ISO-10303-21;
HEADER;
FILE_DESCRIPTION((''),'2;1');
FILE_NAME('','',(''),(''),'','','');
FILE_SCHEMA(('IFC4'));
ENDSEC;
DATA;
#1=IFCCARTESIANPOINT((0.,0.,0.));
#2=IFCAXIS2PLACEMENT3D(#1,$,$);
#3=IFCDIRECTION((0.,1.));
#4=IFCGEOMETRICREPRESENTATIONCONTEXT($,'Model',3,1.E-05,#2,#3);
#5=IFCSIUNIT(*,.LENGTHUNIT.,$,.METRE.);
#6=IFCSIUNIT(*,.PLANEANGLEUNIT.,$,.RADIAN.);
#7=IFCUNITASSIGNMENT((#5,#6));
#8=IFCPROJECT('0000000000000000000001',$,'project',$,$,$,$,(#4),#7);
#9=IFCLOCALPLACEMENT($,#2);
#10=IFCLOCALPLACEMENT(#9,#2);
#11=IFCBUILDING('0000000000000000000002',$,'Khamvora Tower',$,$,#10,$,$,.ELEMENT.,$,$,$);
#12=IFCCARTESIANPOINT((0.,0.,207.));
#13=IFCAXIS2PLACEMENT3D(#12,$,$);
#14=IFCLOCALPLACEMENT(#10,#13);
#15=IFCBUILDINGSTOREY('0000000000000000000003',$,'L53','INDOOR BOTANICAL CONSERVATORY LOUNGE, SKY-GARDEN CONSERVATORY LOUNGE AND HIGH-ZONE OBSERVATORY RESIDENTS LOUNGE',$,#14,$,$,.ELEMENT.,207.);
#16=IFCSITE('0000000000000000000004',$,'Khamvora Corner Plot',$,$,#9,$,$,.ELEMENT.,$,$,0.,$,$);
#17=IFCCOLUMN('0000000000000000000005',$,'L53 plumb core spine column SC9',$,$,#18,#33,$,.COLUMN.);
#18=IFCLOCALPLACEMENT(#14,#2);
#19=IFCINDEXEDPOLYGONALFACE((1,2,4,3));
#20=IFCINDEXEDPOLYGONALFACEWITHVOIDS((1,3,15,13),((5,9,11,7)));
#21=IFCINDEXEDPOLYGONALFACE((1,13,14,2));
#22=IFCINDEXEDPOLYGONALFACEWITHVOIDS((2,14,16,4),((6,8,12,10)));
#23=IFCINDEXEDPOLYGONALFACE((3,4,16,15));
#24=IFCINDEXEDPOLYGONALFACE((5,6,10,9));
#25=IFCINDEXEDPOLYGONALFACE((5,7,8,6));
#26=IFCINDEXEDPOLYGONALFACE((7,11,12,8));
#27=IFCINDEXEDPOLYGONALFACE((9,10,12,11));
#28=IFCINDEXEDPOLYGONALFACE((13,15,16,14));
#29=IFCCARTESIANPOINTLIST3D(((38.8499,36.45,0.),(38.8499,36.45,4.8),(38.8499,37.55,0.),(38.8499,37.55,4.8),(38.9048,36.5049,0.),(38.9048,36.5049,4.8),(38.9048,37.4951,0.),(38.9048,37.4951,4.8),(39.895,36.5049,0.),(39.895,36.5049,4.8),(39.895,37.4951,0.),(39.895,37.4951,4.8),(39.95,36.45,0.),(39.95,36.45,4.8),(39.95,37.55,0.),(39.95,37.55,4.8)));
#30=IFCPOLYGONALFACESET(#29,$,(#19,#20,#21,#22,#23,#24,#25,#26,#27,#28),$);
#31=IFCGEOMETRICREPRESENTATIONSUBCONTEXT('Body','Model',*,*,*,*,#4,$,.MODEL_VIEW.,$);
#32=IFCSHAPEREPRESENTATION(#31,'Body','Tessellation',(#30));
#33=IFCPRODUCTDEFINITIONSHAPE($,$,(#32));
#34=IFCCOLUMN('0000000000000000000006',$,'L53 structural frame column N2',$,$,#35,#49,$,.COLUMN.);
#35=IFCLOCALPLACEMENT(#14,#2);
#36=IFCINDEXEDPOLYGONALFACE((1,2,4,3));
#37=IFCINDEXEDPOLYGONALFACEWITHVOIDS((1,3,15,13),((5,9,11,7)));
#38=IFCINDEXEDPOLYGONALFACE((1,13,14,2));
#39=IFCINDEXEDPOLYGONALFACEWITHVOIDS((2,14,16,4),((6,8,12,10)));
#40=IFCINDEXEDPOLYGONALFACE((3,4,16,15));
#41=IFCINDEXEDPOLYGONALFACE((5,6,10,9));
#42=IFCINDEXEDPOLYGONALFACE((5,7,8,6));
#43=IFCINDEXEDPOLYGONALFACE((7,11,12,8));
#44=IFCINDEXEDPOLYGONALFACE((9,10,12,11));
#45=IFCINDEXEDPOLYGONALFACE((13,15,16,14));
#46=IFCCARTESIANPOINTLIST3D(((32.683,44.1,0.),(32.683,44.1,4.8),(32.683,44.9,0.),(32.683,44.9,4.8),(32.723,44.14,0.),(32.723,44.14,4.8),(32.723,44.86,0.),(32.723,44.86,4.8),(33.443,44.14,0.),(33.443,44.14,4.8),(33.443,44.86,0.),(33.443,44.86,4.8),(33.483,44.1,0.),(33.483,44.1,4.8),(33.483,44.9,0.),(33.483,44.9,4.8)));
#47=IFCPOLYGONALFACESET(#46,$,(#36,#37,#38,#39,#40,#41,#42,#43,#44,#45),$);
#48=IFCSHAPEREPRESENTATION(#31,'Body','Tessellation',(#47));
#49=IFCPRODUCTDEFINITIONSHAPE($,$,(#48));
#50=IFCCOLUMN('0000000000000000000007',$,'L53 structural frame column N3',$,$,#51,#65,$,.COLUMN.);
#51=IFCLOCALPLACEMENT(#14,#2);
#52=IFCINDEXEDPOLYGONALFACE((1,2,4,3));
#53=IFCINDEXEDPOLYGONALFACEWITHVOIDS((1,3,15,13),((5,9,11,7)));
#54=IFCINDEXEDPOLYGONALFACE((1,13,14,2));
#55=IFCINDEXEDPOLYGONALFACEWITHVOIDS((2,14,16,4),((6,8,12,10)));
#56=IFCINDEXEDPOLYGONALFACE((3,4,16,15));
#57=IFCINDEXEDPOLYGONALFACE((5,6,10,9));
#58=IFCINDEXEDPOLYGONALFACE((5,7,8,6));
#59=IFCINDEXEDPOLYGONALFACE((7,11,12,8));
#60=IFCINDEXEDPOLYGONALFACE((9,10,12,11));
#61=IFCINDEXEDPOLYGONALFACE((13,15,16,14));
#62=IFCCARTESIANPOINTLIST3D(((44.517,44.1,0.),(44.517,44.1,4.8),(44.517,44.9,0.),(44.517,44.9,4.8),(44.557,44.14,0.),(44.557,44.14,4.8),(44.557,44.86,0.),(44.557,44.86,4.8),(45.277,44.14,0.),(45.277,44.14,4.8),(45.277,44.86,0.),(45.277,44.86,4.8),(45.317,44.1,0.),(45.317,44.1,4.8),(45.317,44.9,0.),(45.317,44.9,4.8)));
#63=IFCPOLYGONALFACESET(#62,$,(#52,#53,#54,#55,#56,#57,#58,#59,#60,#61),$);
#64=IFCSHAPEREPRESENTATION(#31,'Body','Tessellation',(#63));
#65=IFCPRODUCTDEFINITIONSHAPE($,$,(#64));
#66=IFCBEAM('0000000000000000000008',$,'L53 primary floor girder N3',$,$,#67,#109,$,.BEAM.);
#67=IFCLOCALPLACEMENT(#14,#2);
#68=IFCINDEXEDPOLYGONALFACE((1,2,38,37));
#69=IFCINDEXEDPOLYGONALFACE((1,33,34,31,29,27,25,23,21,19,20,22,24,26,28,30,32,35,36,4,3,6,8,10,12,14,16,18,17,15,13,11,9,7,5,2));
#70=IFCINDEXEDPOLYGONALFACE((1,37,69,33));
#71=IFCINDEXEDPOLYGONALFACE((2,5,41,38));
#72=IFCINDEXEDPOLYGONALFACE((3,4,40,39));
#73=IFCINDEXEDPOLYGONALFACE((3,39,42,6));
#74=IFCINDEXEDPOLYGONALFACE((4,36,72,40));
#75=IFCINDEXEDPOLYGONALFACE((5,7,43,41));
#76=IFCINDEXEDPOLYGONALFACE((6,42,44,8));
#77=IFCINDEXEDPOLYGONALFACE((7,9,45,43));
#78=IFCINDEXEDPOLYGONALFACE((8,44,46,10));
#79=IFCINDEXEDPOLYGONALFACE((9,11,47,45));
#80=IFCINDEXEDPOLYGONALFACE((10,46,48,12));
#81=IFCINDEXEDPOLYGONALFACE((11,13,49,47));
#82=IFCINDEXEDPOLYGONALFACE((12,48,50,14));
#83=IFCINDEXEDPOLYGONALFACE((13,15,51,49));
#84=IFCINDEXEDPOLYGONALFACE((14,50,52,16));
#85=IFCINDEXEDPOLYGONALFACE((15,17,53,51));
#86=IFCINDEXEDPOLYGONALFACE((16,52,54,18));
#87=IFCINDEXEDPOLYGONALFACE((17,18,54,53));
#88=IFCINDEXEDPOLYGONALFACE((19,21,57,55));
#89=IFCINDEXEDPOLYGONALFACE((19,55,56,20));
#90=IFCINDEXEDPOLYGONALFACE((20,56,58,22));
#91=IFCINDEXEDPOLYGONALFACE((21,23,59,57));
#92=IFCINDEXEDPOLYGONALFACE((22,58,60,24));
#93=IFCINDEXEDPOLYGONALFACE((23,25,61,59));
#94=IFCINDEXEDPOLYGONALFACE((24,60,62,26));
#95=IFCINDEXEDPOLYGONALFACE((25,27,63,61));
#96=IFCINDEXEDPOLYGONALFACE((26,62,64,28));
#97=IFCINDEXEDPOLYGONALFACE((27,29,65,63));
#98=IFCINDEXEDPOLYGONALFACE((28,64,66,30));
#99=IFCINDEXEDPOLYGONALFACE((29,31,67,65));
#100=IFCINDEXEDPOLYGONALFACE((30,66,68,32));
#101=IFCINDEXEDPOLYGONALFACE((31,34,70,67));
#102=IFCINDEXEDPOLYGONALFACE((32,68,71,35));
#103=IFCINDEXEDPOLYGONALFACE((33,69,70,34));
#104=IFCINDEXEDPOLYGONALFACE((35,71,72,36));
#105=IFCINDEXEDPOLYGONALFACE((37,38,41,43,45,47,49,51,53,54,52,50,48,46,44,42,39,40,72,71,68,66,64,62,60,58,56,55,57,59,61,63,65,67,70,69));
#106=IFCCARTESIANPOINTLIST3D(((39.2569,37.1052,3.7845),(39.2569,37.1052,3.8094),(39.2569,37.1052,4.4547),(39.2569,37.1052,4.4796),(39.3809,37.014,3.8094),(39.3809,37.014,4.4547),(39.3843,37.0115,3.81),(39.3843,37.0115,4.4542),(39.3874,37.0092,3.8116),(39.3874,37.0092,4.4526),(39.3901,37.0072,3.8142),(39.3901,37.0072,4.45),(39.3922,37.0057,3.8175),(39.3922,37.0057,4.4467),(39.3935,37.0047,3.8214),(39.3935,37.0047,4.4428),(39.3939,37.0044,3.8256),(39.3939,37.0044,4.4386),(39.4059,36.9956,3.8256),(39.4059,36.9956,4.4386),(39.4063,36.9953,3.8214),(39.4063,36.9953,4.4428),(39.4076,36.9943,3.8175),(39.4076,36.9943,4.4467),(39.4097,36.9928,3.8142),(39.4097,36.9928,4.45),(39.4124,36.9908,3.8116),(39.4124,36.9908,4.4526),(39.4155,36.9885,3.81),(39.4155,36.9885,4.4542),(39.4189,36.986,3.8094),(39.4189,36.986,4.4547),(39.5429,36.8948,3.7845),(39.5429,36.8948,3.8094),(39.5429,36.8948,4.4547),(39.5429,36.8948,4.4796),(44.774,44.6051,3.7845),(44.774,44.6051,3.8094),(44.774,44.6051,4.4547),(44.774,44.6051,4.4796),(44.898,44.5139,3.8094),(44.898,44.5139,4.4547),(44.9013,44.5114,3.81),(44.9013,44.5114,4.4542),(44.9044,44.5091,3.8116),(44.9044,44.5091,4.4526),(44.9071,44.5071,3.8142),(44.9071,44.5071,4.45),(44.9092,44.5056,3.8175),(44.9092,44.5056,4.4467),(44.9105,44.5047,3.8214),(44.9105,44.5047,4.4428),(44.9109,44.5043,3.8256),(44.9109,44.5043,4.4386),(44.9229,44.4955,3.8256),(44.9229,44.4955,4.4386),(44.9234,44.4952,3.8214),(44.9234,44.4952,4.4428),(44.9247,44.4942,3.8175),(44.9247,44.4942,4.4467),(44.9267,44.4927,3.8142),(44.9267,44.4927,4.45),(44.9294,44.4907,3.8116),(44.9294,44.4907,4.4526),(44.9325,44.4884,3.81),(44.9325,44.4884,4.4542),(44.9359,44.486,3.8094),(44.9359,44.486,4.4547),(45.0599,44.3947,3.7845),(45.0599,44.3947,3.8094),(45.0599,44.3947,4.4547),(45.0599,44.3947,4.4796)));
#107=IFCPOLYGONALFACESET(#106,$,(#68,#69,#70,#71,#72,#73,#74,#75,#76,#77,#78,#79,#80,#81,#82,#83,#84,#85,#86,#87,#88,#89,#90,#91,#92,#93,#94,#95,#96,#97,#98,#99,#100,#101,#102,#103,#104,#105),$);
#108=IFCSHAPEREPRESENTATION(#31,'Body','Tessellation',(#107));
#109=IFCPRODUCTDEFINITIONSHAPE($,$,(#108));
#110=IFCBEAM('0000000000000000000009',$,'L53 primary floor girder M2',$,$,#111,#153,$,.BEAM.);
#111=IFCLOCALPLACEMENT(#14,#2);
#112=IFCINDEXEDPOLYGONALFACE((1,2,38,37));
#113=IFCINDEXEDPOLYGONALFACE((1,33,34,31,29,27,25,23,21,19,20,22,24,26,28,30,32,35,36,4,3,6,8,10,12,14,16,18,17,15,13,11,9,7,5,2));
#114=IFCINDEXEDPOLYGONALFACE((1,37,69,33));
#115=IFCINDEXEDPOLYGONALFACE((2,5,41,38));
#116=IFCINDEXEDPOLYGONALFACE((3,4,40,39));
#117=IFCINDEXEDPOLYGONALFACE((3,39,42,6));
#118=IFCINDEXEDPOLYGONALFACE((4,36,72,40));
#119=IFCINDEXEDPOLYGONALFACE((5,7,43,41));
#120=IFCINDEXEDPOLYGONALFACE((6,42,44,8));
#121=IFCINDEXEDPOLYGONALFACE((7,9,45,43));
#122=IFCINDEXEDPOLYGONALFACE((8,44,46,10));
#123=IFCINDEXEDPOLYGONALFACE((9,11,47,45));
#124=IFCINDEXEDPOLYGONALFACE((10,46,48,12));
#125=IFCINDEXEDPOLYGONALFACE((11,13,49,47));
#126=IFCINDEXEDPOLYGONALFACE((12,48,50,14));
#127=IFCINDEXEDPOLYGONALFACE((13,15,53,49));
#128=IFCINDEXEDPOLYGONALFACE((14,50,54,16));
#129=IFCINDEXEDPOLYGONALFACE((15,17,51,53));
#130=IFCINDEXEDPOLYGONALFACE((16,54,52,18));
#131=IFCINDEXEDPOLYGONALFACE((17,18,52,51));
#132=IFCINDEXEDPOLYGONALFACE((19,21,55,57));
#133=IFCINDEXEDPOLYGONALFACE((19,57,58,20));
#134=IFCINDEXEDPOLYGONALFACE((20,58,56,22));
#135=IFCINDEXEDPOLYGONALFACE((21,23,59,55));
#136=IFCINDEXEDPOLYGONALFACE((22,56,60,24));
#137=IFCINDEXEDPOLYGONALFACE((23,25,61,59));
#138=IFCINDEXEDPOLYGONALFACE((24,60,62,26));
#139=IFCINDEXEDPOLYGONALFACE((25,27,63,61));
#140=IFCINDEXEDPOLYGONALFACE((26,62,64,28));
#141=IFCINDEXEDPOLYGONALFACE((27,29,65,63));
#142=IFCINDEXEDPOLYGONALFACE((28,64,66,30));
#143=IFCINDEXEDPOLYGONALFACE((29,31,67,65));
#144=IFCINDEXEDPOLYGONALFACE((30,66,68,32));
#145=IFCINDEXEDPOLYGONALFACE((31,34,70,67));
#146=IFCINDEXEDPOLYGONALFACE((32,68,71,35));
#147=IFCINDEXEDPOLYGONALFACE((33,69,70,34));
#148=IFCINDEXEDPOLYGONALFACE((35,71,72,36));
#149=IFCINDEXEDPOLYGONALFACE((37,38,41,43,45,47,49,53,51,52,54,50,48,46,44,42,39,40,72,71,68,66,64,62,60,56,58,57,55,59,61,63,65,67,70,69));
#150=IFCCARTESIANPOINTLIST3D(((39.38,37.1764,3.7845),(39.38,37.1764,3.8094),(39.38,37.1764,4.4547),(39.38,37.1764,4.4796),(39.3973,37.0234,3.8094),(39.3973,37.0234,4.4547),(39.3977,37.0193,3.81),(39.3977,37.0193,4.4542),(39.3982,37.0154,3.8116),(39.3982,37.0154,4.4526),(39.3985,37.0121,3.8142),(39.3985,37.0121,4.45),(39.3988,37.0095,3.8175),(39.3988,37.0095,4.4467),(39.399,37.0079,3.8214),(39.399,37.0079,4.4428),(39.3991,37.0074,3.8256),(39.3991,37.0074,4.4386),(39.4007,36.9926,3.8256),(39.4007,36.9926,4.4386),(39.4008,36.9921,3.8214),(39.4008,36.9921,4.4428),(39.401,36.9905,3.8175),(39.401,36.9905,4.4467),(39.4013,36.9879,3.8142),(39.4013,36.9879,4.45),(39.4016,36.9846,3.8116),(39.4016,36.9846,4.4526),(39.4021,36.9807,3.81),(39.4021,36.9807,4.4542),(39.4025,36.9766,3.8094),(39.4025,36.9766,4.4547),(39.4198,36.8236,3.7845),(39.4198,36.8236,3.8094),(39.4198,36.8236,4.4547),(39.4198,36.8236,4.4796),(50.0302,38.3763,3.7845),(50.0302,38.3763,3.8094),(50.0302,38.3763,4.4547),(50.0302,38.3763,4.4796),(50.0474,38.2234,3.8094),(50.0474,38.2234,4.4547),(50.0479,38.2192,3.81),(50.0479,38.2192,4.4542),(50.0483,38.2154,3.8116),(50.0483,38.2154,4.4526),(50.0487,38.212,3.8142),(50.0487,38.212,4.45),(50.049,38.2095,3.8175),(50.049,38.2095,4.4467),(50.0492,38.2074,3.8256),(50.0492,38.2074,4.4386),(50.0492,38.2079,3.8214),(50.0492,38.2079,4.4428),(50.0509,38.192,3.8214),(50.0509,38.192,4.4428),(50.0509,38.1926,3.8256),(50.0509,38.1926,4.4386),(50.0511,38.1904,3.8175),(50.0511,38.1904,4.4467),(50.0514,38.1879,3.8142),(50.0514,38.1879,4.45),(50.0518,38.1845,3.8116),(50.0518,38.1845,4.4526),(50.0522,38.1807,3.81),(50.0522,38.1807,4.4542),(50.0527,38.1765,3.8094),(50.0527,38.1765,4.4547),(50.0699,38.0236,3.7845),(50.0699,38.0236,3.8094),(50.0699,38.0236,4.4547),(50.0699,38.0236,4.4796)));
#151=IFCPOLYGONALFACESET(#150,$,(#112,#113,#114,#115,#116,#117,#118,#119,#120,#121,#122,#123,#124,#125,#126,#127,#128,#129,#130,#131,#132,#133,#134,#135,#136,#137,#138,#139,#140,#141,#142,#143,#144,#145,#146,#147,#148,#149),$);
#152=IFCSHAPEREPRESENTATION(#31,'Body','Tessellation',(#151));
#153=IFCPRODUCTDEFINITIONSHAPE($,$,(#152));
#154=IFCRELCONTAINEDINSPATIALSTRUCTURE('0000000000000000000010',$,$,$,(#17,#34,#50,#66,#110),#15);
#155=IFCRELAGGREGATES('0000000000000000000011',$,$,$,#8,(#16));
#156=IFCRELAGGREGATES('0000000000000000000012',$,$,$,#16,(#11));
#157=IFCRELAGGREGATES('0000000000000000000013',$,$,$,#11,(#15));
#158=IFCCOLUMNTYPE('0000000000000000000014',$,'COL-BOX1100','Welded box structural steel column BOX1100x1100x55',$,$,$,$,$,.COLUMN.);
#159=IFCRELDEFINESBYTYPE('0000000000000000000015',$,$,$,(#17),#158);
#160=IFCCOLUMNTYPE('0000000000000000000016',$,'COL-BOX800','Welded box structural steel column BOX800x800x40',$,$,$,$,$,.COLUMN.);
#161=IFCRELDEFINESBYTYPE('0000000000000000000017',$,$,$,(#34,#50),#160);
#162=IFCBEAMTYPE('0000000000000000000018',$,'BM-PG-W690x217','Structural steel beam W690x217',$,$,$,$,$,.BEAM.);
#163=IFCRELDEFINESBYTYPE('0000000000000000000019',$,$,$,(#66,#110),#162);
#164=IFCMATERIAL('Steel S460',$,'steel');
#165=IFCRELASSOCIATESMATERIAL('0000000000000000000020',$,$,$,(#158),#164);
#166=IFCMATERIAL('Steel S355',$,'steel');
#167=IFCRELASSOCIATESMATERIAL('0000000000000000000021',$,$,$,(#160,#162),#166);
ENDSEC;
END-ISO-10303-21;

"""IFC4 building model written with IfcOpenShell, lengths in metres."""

from ifc_helpers import new_model, si_unit, direction, frame, origin, origin_2d, place, context, subcontext, project, spatial, hollow_rectangle, i_section, extrude, material, material_profile, profile_set, type_object, element, save


model = new_model("IFC4")

# Units and contexts
model_context = context("Model", 3, precision=1e-05, world=origin(), true_north=direction((0.0, 1.0)))
body_context = subcontext(model_context, "Body", "Model", "MODEL_VIEW")
ifc_project = project(units=[si_unit("LENGTHUNIT", "METRE"), si_unit("PLANEANGLEUNIT", "RADIAN")], contexts=[model_context])

# Site, building, storey
site_placement = place(None, origin())
site = spatial("IfcSite", under=ifc_project, at=site_placement, Name="Khamvora Corner Plot", CompositionType="ELEMENT", RefElevation=0.0)
building_placement = place(site_placement, origin())
building = spatial("IfcBuilding", under=site, at=building_placement, Name="Khamvora Tower", CompositionType="ELEMENT")
storey_placement = place(building_placement, frame((0.0, 0.0, 207.0)))
storey = spatial("IfcBuildingStorey", under=building, at=storey_placement, Name="L53", Description="INDOOR BOTANICAL CONSERVATORY LOUNGE, SKY-GARDEN CONSERVATORY LOUNGE AND HIGH-ZONE OBSERVATORY RESIDENTS LOUNGE", CompositionType="ELEMENT", Elevation=207.0)

# Columns
ifc_material_1 = material(Name="Steel S460", Category="steel")
ifc_material_profile_1 = material_profile(ifc_material_1, hollow_rectangle(XDim=1.1001, YDim=1.1001, WallThickness=0.0549, at=origin_2d()), Name="BOX1100x1100x55")
ifc_profile_set_1 = profile_set([ifc_material_profile_1], Name="Steel S460")
column_type_1 = type_object("IfcColumnType", Name="COL-BOX1100", Description="Welded box structural steel column BOX1100x1100x55", PredefinedType="COLUMN", material=ifc_profile_set_1)
column_placement = place(storey_placement, frame((39.3999, 37.0, 0.0), z_axis=(0.0, 0.0, 1.0), x_axis=(1.0, 0.0, 0.0)))
element("IfcColumn", 1, at=column_placement, inside=storey, type_object=column_type_1, Name="L53 plumb core spine column SC9", PredefinedType="COLUMN", context=body_context, shape_type="SweptSolid", body=[
    extrude(hollow_rectangle(XDim=1.1001, YDim=1.1001, WallThickness=0.0549, at=origin_2d()), origin(), (0.0, 0.0, 1.0), 4.8),
])
ifc_material_2 = material(Name="Steel S355", Category="steel")
ifc_material_profile_2 = material_profile(ifc_material_2, hollow_rectangle(XDim=0.8, YDim=0.8, WallThickness=0.04, at=origin_2d()), Name="BOX800x800x40")
ifc_profile_set_2 = profile_set([ifc_material_profile_2], Name="Steel S355")
column_type_2 = type_object("IfcColumnType", Name="COL-BOX800", Description="Welded box structural steel column BOX800x800x40", PredefinedType="COLUMN", material=ifc_profile_set_2)
for number, where, z_axis, x_axis, name in (
    (2, (33.083, 44.5, 0.0), (0.0, 0.0, 1.0), (1.0, 0.0, 0.0), "L53 structural frame column N2"),
    (3, (44.917, 44.5, 0.0), (0.0, 0.0, 1.0), (1.0, 0.0, 0.0), "L53 structural frame column N3"),
):
    element("IfcColumn", number, at=place(storey_placement, frame(where, z_axis=z_axis, x_axis=x_axis)), inside=storey, type_object=column_type_2, Name=name, PredefinedType="COLUMN", context=body_context, shape_type="SweptSolid", body=[
        extrude(hollow_rectangle(XDim=0.8, YDim=0.8, WallThickness=0.04, at=origin_2d()), origin(), (0.0, 0.0, 1.0), 4.8),
    ])

# Beams
ifc_material_profile_3 = material_profile(ifc_material_2, i_section(OverallWidth=0.355, OverallDepth=0.6951, WebThickness=0.0149, FlangeThickness=0.0249, FilletRadius=0.0161, at=origin_2d()), Name="W690x217")
ifc_profile_set_3 = profile_set([ifc_material_profile_3], Name="Steel S355")
beam_type_1 = type_object("IfcBeamType", Name="BM-PG-W690x217", Description="Structural steel beam W690x217", PredefinedType="BEAM", material=ifc_profile_set_3)
beam_1_placement = place(storey_placement, frame((39.3999, 37.0, 4.1321), z_axis=(0.592557, 0.805529, 0.0), x_axis=(-0.805529, 0.592557, 0.0)))
element("IfcBeam", 4, at=beam_1_placement, inside=storey, type_object=beam_type_1, Name="L53 primary floor girder N3", PredefinedType="BEAM", context=body_context, shape_type="SweptSolid", body=[
    extrude(i_section(OverallWidth=0.355, OverallDepth=0.6951, WebThickness=0.0149, FlangeThickness=0.0249, FilletRadius=0.0161, at=origin_2d()), origin(), (0.0, 0.0, 1.0), 9.3105),
])
beam_2_placement = place(storey_placement, frame((39.3999, 37.0, 4.1321), z_axis=(0.993713, 0.111962, 0.0), x_axis=(-0.111962, 0.993713, 0.0)))
element("IfcBeam", 5, at=beam_2_placement, inside=storey, type_object=beam_type_1, Name="L53 primary floor girder M2", PredefinedType="BEAM", context=body_context, shape_type="SweptSolid", body=[
    extrude(i_section(OverallWidth=0.355, OverallDepth=0.6951, WebThickness=0.0149, FlangeThickness=0.0249, FilletRadius=0.0161, at=origin_2d()), origin(), (0.0, 0.0, 1.0), 10.7175),
])

save(model, "model.ifc")
